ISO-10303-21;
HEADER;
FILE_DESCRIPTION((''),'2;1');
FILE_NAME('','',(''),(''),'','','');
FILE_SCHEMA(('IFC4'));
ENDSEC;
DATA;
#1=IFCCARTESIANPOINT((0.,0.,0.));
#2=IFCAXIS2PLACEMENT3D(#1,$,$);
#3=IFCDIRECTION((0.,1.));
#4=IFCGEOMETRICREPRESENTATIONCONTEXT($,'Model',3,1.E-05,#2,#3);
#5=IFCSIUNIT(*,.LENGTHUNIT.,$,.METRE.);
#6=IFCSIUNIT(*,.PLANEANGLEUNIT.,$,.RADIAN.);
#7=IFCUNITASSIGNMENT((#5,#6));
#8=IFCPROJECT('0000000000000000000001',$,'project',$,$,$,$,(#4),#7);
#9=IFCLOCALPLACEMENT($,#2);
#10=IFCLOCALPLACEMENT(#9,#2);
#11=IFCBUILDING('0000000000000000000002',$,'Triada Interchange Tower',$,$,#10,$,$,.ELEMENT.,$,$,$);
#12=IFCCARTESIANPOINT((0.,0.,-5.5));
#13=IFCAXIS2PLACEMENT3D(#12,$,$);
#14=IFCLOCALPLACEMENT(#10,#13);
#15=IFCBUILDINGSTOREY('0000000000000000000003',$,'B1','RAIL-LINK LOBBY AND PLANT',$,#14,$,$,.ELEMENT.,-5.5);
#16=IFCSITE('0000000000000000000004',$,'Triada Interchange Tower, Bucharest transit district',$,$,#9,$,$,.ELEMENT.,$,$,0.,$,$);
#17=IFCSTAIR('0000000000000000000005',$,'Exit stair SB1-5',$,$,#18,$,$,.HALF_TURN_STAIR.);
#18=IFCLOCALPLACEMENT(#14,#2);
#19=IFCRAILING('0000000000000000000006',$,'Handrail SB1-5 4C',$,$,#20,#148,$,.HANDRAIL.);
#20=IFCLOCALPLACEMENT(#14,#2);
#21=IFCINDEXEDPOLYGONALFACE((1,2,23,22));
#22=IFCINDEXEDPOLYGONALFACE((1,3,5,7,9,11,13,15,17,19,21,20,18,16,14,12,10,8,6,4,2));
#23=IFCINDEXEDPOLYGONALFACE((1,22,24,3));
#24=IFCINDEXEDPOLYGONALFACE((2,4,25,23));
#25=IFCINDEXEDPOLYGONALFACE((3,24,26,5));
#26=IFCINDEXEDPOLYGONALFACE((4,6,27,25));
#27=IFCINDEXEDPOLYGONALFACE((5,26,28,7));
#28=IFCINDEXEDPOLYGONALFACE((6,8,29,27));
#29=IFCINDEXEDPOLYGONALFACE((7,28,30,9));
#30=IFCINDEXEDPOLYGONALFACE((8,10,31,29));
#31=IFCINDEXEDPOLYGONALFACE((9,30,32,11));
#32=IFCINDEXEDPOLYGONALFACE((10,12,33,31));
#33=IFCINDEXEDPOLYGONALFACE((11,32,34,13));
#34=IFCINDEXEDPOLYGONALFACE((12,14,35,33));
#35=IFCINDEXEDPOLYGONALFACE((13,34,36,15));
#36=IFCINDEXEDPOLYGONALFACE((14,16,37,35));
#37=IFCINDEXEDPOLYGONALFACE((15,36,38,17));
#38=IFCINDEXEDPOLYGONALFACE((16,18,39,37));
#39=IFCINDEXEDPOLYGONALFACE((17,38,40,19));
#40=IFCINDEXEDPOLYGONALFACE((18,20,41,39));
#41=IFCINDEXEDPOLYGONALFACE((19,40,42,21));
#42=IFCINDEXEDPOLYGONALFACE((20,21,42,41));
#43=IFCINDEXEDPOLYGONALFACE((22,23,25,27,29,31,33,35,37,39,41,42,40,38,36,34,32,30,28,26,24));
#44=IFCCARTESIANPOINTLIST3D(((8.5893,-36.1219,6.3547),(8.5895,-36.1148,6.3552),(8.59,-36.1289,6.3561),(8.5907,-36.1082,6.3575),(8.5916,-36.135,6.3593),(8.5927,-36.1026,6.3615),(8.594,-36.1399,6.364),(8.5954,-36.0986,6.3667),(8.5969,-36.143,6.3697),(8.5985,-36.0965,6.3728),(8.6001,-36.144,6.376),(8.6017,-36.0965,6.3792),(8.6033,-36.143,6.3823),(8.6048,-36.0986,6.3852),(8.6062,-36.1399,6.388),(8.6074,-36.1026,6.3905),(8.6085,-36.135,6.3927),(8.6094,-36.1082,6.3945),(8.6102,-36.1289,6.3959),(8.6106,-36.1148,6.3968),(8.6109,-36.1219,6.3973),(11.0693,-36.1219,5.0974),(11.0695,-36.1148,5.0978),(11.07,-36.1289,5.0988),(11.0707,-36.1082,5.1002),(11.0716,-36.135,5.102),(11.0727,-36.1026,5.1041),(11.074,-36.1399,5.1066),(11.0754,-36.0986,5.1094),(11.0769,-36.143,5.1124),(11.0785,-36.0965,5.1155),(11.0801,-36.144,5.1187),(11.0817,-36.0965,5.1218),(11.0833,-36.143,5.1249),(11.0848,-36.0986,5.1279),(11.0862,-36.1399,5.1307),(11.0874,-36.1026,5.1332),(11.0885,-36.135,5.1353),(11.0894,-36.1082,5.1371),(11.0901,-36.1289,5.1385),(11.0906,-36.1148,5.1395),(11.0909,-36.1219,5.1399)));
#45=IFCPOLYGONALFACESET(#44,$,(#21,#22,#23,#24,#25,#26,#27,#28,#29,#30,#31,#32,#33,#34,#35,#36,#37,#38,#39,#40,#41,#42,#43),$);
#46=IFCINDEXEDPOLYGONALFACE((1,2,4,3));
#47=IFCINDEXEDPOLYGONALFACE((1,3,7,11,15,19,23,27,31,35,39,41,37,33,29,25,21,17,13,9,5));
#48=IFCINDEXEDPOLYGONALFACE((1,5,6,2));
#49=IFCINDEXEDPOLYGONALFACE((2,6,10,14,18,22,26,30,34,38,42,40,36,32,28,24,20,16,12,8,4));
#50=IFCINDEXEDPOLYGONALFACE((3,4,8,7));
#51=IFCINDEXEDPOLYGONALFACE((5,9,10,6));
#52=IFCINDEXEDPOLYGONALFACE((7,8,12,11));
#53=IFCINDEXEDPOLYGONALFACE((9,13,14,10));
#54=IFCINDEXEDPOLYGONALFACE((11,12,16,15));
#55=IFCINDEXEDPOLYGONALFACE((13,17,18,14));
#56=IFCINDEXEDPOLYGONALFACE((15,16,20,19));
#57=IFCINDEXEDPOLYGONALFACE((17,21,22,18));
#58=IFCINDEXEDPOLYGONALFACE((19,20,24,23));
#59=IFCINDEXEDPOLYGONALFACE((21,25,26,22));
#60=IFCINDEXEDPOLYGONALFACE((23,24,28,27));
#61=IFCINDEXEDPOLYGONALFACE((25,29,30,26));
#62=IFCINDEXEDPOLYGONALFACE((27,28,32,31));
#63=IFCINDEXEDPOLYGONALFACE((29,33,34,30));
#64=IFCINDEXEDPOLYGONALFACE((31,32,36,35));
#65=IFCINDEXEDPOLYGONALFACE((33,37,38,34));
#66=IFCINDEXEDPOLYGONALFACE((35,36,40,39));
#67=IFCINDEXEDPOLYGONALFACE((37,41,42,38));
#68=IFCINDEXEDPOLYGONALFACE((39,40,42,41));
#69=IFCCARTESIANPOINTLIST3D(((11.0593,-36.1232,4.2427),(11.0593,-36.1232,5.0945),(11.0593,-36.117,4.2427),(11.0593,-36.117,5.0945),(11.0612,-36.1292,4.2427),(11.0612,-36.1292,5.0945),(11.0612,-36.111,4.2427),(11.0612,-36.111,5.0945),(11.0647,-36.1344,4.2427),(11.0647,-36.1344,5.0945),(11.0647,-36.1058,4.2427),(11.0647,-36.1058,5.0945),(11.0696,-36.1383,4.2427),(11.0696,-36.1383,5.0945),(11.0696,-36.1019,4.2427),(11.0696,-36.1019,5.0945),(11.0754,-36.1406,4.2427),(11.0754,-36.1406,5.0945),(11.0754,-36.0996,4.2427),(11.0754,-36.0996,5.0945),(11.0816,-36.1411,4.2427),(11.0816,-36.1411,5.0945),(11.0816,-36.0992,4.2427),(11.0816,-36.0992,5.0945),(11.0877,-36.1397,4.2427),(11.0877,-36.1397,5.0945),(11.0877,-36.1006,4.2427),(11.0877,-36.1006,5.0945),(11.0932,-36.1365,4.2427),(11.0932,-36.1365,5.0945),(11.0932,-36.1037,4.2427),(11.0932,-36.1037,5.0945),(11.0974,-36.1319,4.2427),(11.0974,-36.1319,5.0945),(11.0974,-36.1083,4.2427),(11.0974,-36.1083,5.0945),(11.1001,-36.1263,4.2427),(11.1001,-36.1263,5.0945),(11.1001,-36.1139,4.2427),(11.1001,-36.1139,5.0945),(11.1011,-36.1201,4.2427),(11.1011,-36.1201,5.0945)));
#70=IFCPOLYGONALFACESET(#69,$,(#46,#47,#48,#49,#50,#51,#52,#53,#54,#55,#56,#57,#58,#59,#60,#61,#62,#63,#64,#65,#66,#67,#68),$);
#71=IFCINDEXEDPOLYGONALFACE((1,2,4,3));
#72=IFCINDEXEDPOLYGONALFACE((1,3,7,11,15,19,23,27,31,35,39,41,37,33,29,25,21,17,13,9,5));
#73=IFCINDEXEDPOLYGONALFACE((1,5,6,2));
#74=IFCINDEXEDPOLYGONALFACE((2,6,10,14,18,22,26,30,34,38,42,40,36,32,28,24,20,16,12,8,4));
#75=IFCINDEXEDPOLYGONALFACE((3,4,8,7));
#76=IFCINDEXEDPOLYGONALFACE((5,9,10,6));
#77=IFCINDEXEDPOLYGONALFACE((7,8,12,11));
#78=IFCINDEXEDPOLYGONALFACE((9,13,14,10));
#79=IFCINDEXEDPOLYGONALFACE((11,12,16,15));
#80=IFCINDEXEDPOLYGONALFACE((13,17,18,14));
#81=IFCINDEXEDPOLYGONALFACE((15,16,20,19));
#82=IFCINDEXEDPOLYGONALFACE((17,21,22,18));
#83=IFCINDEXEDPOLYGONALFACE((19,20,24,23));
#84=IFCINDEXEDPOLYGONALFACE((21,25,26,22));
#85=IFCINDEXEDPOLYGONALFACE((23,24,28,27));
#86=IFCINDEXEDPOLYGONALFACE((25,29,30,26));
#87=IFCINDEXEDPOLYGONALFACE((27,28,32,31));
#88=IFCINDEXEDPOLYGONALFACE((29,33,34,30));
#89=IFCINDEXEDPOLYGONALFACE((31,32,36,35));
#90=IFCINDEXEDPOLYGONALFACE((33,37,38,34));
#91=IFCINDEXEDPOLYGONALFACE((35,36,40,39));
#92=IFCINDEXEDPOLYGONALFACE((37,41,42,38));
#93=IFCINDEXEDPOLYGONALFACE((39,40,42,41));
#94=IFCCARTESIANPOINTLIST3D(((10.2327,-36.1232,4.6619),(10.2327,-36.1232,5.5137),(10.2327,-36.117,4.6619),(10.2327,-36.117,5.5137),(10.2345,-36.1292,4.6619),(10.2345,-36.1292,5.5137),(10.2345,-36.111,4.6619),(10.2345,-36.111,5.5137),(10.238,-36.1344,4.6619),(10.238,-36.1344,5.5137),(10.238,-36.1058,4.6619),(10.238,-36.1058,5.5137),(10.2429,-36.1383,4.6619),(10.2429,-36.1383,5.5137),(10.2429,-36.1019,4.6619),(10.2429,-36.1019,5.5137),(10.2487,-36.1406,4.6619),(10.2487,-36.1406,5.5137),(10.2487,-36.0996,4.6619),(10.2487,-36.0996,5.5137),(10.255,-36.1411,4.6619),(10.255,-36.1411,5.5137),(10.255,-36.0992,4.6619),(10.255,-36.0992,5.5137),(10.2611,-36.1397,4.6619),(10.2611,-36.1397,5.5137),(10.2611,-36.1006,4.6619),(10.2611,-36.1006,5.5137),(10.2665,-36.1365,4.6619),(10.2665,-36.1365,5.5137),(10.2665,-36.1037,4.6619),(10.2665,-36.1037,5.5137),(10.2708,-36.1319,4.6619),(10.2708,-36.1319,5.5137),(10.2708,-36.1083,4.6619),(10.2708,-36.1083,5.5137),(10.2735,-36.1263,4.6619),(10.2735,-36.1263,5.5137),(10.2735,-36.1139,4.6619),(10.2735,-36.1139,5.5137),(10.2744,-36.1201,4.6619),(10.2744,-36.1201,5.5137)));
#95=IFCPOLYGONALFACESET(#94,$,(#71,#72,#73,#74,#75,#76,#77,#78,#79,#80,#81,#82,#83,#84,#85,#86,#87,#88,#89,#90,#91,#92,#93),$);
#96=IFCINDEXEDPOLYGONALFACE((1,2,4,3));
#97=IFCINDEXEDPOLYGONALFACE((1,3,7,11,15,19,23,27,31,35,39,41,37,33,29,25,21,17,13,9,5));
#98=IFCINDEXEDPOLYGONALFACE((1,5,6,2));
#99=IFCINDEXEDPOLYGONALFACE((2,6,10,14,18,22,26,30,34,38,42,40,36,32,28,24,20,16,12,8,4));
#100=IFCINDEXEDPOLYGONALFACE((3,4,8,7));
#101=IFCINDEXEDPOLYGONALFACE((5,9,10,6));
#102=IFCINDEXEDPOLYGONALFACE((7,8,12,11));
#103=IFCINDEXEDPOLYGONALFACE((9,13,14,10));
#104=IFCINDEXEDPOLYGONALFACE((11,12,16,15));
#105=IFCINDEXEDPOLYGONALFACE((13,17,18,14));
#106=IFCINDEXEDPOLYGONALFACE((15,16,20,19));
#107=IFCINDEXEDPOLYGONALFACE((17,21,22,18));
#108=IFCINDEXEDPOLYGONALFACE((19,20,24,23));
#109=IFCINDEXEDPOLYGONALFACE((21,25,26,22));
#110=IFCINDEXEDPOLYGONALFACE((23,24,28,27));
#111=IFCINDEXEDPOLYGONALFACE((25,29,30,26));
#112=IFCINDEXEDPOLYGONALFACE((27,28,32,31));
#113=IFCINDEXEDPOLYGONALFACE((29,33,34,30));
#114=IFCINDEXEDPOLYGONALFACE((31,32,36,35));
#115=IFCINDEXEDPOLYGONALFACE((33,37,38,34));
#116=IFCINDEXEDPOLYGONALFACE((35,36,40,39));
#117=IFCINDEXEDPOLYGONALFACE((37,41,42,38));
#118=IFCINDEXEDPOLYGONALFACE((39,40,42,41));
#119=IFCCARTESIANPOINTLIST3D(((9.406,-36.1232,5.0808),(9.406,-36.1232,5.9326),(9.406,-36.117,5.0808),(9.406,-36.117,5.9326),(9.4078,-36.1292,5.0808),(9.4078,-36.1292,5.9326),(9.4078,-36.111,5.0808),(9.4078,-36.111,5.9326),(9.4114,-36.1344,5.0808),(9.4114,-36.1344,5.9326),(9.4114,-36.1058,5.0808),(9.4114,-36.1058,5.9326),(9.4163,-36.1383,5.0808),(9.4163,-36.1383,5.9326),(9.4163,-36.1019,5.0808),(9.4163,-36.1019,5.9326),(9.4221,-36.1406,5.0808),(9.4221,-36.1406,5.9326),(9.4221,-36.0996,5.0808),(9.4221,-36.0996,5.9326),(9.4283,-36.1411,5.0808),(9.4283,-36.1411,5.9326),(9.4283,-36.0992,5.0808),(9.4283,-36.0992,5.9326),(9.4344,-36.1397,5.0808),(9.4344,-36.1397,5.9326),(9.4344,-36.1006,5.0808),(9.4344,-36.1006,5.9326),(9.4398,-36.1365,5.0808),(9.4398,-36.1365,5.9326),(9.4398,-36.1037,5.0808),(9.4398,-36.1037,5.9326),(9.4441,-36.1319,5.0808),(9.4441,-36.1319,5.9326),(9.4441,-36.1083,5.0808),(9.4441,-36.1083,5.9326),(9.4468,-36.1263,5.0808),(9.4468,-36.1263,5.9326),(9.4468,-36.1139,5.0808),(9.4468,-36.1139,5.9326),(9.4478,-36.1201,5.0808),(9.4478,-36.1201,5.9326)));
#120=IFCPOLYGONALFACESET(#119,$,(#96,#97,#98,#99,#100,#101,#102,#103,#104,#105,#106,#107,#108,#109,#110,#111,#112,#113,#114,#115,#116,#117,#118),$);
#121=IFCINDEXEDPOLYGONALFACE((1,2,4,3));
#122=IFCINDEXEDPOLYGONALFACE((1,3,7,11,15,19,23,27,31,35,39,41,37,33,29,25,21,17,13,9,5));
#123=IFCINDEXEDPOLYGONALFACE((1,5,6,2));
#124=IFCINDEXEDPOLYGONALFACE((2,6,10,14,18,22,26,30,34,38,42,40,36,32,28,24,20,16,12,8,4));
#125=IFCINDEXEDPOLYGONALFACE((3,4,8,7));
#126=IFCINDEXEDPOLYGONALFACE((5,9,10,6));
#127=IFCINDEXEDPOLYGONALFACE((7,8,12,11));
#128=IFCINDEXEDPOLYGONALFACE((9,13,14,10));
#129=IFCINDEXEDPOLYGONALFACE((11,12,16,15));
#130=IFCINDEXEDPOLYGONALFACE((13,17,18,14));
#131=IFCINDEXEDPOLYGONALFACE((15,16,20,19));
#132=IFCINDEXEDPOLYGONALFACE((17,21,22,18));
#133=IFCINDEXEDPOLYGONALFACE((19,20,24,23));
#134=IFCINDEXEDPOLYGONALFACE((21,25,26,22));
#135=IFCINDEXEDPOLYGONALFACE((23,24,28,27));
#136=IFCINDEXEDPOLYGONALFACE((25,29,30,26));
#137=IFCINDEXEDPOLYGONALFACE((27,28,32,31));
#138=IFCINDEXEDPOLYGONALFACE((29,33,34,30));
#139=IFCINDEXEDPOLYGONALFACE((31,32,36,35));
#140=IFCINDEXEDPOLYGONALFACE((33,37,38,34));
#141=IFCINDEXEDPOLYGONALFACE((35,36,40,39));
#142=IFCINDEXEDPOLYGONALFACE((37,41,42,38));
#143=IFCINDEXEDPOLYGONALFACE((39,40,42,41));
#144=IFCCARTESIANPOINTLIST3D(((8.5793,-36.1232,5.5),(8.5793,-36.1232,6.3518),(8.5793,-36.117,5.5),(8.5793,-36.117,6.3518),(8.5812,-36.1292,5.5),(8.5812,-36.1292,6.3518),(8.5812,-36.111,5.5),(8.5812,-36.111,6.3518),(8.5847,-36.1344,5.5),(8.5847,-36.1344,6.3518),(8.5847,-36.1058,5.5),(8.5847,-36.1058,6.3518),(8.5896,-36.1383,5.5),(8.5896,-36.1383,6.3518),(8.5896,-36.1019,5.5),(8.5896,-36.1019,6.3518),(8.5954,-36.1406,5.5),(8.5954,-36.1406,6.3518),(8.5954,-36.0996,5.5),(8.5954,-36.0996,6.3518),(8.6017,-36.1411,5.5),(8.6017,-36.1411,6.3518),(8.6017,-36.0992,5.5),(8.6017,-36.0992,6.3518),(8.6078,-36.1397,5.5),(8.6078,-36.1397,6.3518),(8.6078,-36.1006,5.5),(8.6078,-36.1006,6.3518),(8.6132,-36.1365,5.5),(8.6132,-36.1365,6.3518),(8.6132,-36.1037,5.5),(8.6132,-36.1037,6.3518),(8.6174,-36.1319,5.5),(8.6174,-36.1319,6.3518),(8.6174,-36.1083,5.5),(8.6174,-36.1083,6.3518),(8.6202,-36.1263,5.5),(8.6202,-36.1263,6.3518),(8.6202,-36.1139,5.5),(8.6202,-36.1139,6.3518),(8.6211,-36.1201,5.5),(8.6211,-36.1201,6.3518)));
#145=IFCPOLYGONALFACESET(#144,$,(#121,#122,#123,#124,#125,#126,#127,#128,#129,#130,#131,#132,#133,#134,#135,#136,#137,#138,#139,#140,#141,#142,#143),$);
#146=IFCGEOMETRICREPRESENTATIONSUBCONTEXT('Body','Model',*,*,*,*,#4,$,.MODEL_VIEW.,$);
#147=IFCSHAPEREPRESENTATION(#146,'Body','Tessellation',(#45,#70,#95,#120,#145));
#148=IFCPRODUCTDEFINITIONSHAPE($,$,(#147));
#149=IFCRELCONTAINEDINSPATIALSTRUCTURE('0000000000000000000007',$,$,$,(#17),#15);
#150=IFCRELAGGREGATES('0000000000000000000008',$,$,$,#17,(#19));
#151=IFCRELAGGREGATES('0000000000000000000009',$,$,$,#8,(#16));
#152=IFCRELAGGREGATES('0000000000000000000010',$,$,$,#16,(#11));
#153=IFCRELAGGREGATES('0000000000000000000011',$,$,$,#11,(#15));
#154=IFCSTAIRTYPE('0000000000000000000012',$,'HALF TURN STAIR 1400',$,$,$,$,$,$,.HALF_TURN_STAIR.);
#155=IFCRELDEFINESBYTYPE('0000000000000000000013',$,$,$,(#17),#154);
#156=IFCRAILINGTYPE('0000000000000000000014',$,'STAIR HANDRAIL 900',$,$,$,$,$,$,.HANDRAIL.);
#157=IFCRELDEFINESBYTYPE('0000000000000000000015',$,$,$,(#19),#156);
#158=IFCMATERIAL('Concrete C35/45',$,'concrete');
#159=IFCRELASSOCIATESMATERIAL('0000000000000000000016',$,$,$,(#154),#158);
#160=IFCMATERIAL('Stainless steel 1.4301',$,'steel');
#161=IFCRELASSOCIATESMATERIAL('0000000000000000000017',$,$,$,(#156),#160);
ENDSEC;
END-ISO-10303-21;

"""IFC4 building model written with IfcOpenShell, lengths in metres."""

from ifc_helpers import new_model, si_unit, direction, frame, origin, origin_2d, place, context, subcontext, project, spatial, circle, extrude, material, type_object, element, aggregate, save


model = new_model("IFC4")

# Units and contexts
model_context = context("Model", 3, precision=1e-05, world=origin(), true_north=direction((0.0, 1.0)))
body_context = subcontext(model_context, "Body", "Model", "MODEL_VIEW")
ifc_project = project(units=[si_unit("LENGTHUNIT", "METRE"), si_unit("PLANEANGLEUNIT", "RADIAN")], contexts=[model_context])

# Site, building, storey
site_placement = place(None, origin())
site = spatial("IfcSite", under=ifc_project, at=site_placement, Name="Triada Interchange Tower, Bucharest transit district", CompositionType="ELEMENT", RefElevation=0.0)
building_placement = place(site_placement, origin())
building = spatial("IfcBuilding", under=site, at=building_placement, Name="Triada Interchange Tower", CompositionType="ELEMENT")
storey_placement = place(building_placement, frame((0.0, 0.0, -5.5)))
storey = spatial("IfcBuildingStorey", under=building, at=storey_placement, Name="B1", Description="RAIL-LINK LOBBY AND PLANT", CompositionType="ELEMENT", Elevation=-5.5)

# Shared definitions
ifc_material_1 = material(Name="Concrete C35/45", Category="concrete")

# Stair
stair_type = type_object("IfcStairType", Name="HALF TURN STAIR 1400", PredefinedType="HALF_TURN_STAIR", material=ifc_material_1)
stair_1_placement = place(storey_placement, origin())
stair_1 = element("IfcStair", 1, at=stair_1_placement, inside=storey, type_object=stair_type, Name="Exit stair SB1-5", PredefinedType="HALF_TURN_STAIR")

# Railing
ifc_material_2 = material(Name="Stainless steel 1.4301", Category="steel")
railing_type_1 = type_object("IfcRailingType", Name="STAIR HANDRAIL 900", PredefinedType="HANDRAIL", material=ifc_material_2)
railing_1_placement = place(storey_placement, frame((11.0801, -36.1201, 4.2427)))
railing_1 = element("IfcRailing", 2, at=railing_1_placement, type_object=railing_type_1, Name="Handrail SB1-5 4C", PredefinedType="HANDRAIL", context=body_context, shape_type="SweptSolid", body=[
    extrude(circle(Radius=0.0239, at=origin_2d()), frame((0.0, 0.0, 0.876), z_axis=(-0.89192, 0.0, 0.452194), x_axis=(0.0, -1.0, 0.0)), (0.0, 0.0, 1.0), 2.7805),
    extrude(circle(Radius=0.021, at=origin_2d()), origin(), (0.0, 0.0, 1.0), 0.8518),
    extrude(circle(Radius=0.021, at=origin_2d()), frame((-0.8267, 0.0, 0.4192)), (0.0, 0.0, 1.0), 0.8518),
    extrude(circle(Radius=0.021, at=origin_2d()), frame((-1.6533, 0.0, 0.8381)), (0.0, 0.0, 1.0), 0.8518),
    extrude(circle(Radius=0.021, at=origin_2d()), frame((-2.48, 0.0, 1.2573)), (0.0, 0.0, 1.0), 0.8518),
])
aggregate(stair_1, [railing_1])

save(model, "model.ifc")
